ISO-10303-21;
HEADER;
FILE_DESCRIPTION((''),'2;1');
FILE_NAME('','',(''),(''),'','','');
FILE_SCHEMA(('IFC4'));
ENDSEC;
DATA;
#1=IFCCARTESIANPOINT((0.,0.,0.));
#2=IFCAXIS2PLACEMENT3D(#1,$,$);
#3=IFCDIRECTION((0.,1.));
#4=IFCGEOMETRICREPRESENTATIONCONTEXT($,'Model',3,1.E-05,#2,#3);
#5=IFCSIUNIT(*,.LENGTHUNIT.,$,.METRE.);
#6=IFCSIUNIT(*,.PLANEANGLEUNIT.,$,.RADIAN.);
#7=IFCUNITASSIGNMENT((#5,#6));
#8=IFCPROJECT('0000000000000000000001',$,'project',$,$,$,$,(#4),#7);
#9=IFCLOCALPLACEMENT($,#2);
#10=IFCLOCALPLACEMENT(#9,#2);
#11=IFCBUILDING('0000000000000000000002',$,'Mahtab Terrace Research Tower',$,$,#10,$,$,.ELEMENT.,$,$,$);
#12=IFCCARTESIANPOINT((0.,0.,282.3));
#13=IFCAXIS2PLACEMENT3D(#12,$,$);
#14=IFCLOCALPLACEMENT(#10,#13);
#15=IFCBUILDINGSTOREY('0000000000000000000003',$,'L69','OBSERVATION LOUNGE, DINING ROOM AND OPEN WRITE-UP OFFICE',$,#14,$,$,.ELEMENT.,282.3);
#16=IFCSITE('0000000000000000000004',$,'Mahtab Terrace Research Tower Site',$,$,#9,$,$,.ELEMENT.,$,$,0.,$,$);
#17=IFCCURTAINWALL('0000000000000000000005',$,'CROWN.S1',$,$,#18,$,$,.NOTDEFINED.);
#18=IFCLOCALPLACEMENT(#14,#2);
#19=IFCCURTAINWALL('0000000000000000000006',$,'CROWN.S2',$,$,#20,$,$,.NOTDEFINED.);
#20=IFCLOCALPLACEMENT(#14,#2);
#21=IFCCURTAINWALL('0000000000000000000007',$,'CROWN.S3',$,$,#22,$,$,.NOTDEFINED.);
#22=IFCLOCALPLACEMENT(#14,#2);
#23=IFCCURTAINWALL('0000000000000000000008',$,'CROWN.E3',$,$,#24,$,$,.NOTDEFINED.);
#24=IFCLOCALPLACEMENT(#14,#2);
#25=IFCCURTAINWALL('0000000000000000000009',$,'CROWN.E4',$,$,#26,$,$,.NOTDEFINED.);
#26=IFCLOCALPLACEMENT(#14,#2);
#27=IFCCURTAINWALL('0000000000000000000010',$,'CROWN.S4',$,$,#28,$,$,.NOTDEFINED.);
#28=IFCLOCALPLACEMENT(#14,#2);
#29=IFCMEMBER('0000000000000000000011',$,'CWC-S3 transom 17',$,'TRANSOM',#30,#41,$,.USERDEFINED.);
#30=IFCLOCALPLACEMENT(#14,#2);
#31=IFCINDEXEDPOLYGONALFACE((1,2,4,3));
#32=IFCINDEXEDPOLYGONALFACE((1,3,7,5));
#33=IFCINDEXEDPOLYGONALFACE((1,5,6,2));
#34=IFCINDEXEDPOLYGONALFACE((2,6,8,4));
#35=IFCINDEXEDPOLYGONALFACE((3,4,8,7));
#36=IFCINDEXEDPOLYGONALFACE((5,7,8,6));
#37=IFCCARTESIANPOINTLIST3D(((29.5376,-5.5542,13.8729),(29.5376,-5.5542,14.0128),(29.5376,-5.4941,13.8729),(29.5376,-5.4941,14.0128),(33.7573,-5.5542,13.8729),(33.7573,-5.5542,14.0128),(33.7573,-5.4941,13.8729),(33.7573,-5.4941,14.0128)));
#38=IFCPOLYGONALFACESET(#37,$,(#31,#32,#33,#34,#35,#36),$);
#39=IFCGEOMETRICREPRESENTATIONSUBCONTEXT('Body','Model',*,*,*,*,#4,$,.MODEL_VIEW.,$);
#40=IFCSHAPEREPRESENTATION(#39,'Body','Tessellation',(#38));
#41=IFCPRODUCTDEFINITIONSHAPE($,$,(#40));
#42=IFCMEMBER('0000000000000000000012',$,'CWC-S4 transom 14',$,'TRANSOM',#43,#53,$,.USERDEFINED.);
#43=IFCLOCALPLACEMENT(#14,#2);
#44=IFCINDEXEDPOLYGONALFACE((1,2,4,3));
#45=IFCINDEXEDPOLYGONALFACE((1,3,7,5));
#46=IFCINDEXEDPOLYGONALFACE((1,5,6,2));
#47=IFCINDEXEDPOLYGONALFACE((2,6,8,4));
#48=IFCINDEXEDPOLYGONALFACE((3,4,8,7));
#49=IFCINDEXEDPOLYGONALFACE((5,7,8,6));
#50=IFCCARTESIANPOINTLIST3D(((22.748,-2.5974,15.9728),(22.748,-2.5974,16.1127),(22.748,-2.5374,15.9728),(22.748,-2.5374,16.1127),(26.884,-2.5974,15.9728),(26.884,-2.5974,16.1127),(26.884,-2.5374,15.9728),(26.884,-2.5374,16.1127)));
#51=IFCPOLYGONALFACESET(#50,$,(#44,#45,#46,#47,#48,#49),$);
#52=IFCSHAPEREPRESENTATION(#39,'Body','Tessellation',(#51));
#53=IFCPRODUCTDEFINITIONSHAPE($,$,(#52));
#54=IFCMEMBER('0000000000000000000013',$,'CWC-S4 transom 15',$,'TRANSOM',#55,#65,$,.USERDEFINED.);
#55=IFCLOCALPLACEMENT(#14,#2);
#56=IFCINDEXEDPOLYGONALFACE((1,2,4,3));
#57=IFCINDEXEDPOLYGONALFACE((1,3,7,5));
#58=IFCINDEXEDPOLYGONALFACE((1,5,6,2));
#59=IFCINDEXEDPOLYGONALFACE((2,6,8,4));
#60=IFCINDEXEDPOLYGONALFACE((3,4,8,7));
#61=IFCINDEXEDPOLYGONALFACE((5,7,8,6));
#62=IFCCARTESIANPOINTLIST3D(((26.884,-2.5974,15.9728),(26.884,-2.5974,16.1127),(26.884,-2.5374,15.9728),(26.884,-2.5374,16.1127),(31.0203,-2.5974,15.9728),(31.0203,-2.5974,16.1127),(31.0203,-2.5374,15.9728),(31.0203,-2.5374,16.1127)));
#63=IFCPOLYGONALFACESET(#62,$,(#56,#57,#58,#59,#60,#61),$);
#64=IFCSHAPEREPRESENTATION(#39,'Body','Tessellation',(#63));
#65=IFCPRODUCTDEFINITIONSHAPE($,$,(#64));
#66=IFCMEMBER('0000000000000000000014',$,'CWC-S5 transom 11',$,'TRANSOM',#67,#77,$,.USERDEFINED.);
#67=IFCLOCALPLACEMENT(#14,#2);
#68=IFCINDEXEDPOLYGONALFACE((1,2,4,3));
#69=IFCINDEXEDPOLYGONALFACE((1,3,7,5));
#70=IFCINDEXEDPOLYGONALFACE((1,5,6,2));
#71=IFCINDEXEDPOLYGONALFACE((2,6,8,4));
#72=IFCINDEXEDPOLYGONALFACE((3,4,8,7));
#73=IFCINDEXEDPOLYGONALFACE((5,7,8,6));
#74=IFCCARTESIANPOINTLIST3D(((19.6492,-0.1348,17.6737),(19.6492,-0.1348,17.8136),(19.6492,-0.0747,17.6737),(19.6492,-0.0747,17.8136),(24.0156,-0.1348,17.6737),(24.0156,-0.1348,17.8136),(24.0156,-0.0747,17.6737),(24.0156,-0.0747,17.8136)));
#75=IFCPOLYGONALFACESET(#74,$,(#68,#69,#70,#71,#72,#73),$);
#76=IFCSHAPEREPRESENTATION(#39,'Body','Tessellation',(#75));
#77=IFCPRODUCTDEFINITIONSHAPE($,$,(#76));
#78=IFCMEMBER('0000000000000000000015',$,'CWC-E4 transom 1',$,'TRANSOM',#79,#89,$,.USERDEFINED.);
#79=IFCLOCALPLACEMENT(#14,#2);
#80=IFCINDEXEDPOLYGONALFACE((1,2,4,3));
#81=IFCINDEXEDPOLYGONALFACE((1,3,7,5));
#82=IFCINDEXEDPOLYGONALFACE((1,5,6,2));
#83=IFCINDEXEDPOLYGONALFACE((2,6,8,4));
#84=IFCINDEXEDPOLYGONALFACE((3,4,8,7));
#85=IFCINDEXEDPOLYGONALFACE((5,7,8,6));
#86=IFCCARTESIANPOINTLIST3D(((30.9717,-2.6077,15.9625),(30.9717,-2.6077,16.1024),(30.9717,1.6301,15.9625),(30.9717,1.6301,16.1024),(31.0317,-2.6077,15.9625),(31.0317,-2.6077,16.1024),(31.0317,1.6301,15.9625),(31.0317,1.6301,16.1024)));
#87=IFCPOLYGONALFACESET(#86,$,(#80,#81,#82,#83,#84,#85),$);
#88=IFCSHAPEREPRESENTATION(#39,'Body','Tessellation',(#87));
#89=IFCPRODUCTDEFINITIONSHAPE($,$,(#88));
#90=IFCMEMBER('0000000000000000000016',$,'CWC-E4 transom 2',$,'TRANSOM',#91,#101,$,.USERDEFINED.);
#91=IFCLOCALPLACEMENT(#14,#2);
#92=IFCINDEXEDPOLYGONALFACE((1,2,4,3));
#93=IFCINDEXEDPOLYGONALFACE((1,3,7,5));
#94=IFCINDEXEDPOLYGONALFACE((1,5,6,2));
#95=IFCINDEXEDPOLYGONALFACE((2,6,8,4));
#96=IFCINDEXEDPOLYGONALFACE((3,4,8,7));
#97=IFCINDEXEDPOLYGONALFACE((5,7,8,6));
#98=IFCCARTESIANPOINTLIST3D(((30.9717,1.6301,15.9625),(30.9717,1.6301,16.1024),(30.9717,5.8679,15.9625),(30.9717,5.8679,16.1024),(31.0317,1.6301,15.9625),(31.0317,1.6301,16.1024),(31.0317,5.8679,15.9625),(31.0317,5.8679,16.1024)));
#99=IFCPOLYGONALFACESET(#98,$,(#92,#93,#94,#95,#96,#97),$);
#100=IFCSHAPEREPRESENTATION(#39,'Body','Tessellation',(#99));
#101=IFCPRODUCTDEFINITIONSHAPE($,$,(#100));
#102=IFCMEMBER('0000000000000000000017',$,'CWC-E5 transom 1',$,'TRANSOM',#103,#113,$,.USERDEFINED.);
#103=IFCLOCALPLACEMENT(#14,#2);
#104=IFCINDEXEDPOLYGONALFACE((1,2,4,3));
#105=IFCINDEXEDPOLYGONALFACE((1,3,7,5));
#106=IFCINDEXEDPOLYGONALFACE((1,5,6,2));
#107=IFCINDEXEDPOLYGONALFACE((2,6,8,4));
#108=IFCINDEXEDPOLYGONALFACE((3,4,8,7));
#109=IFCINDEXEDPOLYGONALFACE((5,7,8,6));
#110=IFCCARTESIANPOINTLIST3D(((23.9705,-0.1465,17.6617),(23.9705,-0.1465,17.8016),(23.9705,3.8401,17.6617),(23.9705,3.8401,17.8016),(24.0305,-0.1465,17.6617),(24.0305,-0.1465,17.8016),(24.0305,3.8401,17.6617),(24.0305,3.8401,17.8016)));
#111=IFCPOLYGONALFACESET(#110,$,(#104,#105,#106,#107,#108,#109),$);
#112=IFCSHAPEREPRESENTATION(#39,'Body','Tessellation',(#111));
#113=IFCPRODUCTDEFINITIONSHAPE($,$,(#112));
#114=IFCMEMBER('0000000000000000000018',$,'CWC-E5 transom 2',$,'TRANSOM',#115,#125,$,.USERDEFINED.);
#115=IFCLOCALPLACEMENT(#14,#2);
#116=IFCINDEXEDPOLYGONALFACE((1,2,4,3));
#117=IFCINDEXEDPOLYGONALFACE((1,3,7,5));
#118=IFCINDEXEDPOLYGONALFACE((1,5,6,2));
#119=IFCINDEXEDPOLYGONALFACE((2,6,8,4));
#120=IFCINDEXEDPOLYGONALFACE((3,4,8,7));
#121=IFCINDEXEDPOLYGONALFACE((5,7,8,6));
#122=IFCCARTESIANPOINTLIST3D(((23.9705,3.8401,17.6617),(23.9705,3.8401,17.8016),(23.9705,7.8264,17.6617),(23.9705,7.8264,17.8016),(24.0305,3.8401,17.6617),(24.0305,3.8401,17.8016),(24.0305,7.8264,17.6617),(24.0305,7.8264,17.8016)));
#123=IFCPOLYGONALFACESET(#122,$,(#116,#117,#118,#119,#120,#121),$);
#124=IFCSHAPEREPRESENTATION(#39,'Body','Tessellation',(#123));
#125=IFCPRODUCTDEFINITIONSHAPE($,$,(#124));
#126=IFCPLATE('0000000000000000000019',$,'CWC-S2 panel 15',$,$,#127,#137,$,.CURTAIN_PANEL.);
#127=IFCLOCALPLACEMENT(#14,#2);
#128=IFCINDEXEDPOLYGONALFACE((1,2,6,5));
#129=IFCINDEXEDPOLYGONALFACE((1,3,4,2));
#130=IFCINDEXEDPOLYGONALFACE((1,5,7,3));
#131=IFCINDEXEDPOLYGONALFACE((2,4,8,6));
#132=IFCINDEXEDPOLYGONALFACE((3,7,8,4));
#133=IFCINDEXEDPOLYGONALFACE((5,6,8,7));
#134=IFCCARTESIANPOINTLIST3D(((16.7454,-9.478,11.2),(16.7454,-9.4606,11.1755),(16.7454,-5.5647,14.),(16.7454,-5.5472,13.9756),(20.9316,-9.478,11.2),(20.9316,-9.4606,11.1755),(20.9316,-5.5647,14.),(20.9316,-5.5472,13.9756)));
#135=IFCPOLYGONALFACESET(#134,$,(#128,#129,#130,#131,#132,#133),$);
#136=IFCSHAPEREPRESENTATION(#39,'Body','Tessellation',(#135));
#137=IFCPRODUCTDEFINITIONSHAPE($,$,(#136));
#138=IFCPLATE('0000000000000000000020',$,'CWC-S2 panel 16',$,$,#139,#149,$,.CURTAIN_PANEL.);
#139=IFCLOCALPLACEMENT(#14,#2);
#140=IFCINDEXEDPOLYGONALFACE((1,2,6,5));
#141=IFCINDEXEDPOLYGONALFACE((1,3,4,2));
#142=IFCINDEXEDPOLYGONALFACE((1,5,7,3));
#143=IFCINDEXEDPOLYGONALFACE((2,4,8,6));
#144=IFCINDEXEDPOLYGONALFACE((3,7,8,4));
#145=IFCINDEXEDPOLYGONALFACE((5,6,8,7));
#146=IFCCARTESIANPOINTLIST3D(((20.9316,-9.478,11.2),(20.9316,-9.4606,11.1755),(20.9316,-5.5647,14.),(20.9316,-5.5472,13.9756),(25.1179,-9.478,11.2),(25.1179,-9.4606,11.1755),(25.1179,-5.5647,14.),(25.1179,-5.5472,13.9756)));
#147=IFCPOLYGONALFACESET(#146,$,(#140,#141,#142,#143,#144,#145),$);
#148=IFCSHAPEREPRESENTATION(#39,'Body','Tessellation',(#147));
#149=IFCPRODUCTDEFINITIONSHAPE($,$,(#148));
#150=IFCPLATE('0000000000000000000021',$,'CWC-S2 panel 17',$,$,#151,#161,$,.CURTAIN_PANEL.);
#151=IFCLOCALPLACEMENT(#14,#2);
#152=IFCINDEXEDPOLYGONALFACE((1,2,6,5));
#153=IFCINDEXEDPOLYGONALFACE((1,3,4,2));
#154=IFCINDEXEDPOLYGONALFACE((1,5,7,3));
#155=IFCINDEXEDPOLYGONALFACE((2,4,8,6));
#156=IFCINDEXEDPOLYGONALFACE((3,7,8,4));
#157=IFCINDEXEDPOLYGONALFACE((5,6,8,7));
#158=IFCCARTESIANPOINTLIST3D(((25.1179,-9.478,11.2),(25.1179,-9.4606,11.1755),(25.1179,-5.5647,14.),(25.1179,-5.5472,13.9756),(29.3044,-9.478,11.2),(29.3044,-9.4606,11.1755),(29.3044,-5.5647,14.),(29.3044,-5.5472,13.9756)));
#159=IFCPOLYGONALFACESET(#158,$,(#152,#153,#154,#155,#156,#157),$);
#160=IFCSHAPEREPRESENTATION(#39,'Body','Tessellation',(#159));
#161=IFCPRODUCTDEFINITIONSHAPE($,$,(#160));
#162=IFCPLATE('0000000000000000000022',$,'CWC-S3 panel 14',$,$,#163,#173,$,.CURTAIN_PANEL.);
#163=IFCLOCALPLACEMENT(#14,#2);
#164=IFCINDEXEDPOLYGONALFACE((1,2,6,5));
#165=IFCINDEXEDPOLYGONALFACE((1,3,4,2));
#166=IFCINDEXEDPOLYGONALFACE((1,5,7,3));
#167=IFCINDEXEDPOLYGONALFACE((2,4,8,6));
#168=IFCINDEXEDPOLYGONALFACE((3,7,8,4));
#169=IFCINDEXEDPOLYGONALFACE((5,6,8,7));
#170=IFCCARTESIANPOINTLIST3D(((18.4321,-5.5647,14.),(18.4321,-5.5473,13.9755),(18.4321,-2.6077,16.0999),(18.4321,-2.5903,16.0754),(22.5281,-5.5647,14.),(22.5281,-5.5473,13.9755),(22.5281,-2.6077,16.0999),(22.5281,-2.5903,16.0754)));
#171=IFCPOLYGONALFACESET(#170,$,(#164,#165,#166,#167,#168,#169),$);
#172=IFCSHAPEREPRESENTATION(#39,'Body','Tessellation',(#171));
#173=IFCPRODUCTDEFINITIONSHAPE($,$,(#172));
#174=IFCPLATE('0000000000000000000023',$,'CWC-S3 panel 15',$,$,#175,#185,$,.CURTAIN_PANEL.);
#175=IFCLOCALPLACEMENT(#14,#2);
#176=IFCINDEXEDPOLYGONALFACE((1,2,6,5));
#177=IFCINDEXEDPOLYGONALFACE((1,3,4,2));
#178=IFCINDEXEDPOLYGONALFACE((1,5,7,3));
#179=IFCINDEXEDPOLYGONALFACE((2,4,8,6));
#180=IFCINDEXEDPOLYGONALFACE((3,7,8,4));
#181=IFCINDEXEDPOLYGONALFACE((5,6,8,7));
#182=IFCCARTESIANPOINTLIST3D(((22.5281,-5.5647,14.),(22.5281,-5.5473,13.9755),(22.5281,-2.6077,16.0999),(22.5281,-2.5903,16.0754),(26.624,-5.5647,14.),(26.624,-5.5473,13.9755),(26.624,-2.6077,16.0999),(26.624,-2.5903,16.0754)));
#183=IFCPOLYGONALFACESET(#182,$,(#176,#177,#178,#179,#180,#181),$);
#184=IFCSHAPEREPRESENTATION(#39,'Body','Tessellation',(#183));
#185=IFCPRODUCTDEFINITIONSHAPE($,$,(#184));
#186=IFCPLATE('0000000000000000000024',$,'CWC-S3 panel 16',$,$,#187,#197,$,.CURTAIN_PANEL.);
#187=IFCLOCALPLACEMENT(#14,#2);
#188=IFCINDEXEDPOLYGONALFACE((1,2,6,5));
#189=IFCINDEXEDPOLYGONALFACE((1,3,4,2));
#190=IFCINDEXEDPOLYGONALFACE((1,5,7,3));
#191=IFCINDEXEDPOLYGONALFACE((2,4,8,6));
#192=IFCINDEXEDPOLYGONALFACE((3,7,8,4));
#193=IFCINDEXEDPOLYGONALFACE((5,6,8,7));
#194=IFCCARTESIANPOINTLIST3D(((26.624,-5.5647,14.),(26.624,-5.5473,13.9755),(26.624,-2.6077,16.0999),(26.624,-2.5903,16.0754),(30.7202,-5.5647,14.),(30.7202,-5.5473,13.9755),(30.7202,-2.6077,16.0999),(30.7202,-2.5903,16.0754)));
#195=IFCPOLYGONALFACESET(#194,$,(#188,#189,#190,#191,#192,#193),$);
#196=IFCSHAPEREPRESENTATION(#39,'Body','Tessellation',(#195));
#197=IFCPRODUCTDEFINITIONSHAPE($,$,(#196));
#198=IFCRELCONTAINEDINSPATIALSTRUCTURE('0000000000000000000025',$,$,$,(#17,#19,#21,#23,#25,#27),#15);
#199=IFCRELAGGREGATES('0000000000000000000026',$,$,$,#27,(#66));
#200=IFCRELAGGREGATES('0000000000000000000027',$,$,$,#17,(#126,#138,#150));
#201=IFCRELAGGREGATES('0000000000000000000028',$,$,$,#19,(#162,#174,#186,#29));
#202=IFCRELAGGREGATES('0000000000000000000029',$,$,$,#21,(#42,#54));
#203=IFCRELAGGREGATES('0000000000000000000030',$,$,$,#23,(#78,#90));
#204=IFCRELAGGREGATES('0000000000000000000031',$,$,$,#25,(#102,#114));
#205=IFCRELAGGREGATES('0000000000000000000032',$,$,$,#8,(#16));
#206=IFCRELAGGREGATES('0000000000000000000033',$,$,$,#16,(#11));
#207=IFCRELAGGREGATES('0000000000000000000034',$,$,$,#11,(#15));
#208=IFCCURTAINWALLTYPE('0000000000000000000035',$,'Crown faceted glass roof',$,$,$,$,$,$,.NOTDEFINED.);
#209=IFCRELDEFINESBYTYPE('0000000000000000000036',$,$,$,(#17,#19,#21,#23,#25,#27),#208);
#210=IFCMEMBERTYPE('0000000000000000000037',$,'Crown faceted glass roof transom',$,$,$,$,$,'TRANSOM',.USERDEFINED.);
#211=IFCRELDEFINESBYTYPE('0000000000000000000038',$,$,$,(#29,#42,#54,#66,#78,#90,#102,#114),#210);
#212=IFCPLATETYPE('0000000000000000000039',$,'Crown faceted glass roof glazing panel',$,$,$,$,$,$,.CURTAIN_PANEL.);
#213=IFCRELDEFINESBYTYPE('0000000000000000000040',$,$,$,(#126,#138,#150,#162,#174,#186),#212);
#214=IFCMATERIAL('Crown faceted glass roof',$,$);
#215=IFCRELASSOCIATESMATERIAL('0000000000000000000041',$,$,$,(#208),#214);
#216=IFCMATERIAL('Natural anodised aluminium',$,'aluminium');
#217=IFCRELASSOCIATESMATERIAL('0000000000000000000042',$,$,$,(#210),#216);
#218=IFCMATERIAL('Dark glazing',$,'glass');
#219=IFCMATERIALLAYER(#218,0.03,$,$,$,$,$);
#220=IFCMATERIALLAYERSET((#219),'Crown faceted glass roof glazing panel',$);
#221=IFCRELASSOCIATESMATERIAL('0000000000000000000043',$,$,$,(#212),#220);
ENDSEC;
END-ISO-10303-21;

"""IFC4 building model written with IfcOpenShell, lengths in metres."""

from ifc_helpers import new_model, si_unit, direction, frame, origin, origin_2d, place, context, subcontext, project, spatial, polyline, rectangle, outline, extrude, material, layer, layer_set, material_profile, profile_set, type_object, element, aggregate, save


model = new_model("IFC4")

# Units and contexts
model_context = context("Model", 3, precision=1e-05, world=origin(), true_north=direction((0.0, 1.0)))
body_context = subcontext(model_context, "Body", "Model", "MODEL_VIEW")
ifc_project = project(units=[si_unit("LENGTHUNIT", "METRE"), si_unit("PLANEANGLEUNIT", "RADIAN")], contexts=[model_context])

# Site, building, storey
site_placement = place(None, origin())
site = spatial("IfcSite", under=ifc_project, at=site_placement, Name="Mahtab Terrace Research Tower Site", CompositionType="ELEMENT", RefElevation=0.0)
building_placement = place(site_placement, origin())
building = spatial("IfcBuilding", under=site, at=building_placement, Name="Mahtab Terrace Research Tower", CompositionType="ELEMENT")
storey_placement = place(building_placement, frame((0.0, 0.0, 282.3)))
storey = spatial("IfcBuildingStorey", under=building, at=storey_placement, Name="L69", Description="OBSERVATION LOUNGE, DINING ROOM AND OPEN WRITE-UP OFFICE", CompositionType="ELEMENT", Elevation=282.3)

# Curtain walls
ifc_material_1 = material(Name="Crown faceted glass roof")
curtain_wall_type = type_object("IfcCurtainWallType", Name="Crown faceted glass roof", PredefinedType="NOTDEFINED", material=ifc_material_1)
curtain_wall_1_placement = place(storey_placement, origin())
curtain_wall_1 = element("IfcCurtainWall", 1, at=curtain_wall_1_placement, inside=storey, type_object=curtain_wall_type, Name="CROWN.S1", PredefinedType="NOTDEFINED")
ifc_material_2 = material(Name="Natural anodised aluminium", Category="aluminium")
curtain_wall_2_placement = place(storey_placement, origin())
curtain_wall_2 = element("IfcCurtainWall", 2, at=curtain_wall_2_placement, inside=storey, type_object=curtain_wall_type, Name="CROWN.S2", PredefinedType="NOTDEFINED")

# Curtain walls
curtain_wall_3_placement = place(storey_placement, origin())
curtain_wall_3 = element("IfcCurtainWall", 3, at=curtain_wall_3_placement, inside=storey, type_object=curtain_wall_type, Name="CROWN.S3", PredefinedType="NOTDEFINED")
curtain_wall_4_placement = place(storey_placement, origin())
curtain_wall_4 = element("IfcCurtainWall", 4, at=curtain_wall_4_placement, inside=storey, type_object=curtain_wall_type, Name="CROWN.E3", PredefinedType="NOTDEFINED")
curtain_wall_5_placement = place(storey_placement, origin())
curtain_wall_5 = element("IfcCurtainWall", 5, at=curtain_wall_5_placement, inside=storey, type_object=curtain_wall_type, Name="CROWN.E4", PredefinedType="NOTDEFINED")

# Curtain wall
curtain_wall_6_placement = place(storey_placement, origin())
curtain_wall_6 = element("IfcCurtainWall", 6, at=curtain_wall_6_placement, inside=storey, type_object=curtain_wall_type, Name="CROWN.S4", PredefinedType="NOTDEFINED")

# Members
ifc_material_profile_1 = material_profile(ifc_material_2, rectangle(XDim=0.0601, YDim=0.1399, at=origin_2d()), Name="TRANSOM 60x140")
ifc_profile_set_1 = profile_set([ifc_material_profile_1], Name="Natural anodised aluminium")
member_type_1 = type_object("IfcMemberType", Name="Crown faceted glass roof transom", ElementType="TRANSOM", PredefinedType="USERDEFINED", material=ifc_profile_set_1)
member_1_placement = place(storey_placement, frame((29.5376, -5.5242, 13.9429), z_axis=(1.0, 0.0, 0.0), x_axis=(0.0, 1.0, 0.0)))
member_1 = element("IfcMember", 7, at=member_1_placement, type_object=member_type_1, Name="CWC-S3 transom 17", ObjectType="TRANSOM", PredefinedType="USERDEFINED", context=body_context, shape_type="SweptSolid", body=[
    extrude(rectangle(XDim=0.0601, YDim=0.1399, at=origin_2d()), origin(), (0.0, 0.0, 1.0), 4.2197),
])
member_2_placement = place(storey_placement, frame((22.748, -2.5674, 16.0427), z_axis=(1.0, 0.0, 0.0), x_axis=(0.0, 1.0, 0.0)))
member_2 = element("IfcMember", 8, at=member_2_placement, type_object=member_type_1, Name="CWC-S4 transom 14", ObjectType="TRANSOM", PredefinedType="USERDEFINED", context=body_context, shape_type="SweptSolid", body=[
    extrude(rectangle(XDim=0.0601, YDim=0.1399, at=origin_2d()), origin(), (0.0, 0.0, 1.0), 4.136),
])
member_3_placement = place(storey_placement, frame((26.884, -2.5674, 16.0427), z_axis=(1.0, 0.0, 0.0), x_axis=(0.0, 1.0, 0.0)))
member_3 = element("IfcMember", 9, at=member_3_placement, type_object=member_type_1, Name="CWC-S4 transom 15", ObjectType="TRANSOM", PredefinedType="USERDEFINED", context=body_context, shape_type="SweptSolid", body=[
    extrude(rectangle(XDim=0.0601, YDim=0.1399, at=origin_2d()), origin(), (0.0, 0.0, 1.0), 4.1362),
])
member_4_placement = place(storey_placement, frame((19.6492, -0.1047, 17.7437), z_axis=(1.0, 0.0, 0.0), x_axis=(0.0, 1.0, 0.0)))
member_4 = element("IfcMember", 10, at=member_4_placement, type_object=member_type_1, Name="CWC-S5 transom 11", ObjectType="TRANSOM", PredefinedType="USERDEFINED", context=body_context, shape_type="SweptSolid", body=[
    extrude(rectangle(XDim=0.0601, YDim=0.1399, at=origin_2d()), origin(), (0.0, 0.0, 1.0), 4.3665),
])
aggregate(curtain_wall_6, [member_4])
member_5_placement = place(storey_placement, frame((31.0017, -2.6077, 16.0325), z_axis=(0.0, 1.0, 0.0), x_axis=(-1.0, 0.0, 0.0)))
member_5 = element("IfcMember", 11, at=member_5_placement, type_object=member_type_1, Name="CWC-E4 transom 1", ObjectType="TRANSOM", PredefinedType="USERDEFINED", context=body_context, shape_type="SweptSolid", body=[
    extrude(rectangle(XDim=0.0601, YDim=0.1399, at=origin_2d()), origin(), (0.0, 0.0, 1.0), 4.2378),
])
member_6_placement = place(storey_placement, frame((31.0017, 1.6301, 16.0325), z_axis=(0.0, 1.0, 0.0), x_axis=(-1.0, 0.0, 0.0)))
member_6 = element("IfcMember", 12, at=member_6_placement, type_object=member_type_1, Name="CWC-E4 transom 2", ObjectType="TRANSOM", PredefinedType="USERDEFINED", context=body_context, shape_type="SweptSolid", body=[
    extrude(rectangle(XDim=0.0601, YDim=0.1399, at=origin_2d()), origin(), (0.0, 0.0, 1.0), 4.2378),
])
member_7_placement = place(storey_placement, frame((24.0005, -0.1465, 17.7317), z_axis=(0.0, 1.0, 0.0), x_axis=(-1.0, 0.0, 0.0)))
member_7 = element("IfcMember", 13, at=member_7_placement, type_object=member_type_1, Name="CWC-E5 transom 1", ObjectType="TRANSOM", PredefinedType="USERDEFINED", context=body_context, shape_type="SweptSolid", body=[
    extrude(rectangle(XDim=0.0601, YDim=0.1399, at=origin_2d()), origin(), (0.0, 0.0, 1.0), 3.9866),
])
member_8_placement = place(storey_placement, frame((24.0005, 3.8401, 17.7317), z_axis=(0.0, 1.0, 0.0), x_axis=(-1.0, 0.0, 0.0)))
member_8 = element("IfcMember", 14, at=member_8_placement, type_object=member_type_1, Name="CWC-E5 transom 2", ObjectType="TRANSOM", PredefinedType="USERDEFINED", context=body_context, shape_type="SweptSolid", body=[
    extrude(rectangle(XDim=0.0601, YDim=0.1399, at=origin_2d()), origin(), (0.0, 0.0, 1.0), 3.9863),
])

# Plates
ifc_material_3 = material(Name="Dark glazing", Category="glass")
ifc_layer_1 = layer(ifc_material_3, 0.03)
ifc_layer_set_1 = layer_set([ifc_layer_1], Name="Crown faceted glass roof glazing panel")
plate_type = type_object("IfcPlateType", Name="Crown faceted glass roof glazing panel", PredefinedType="CURTAIN_PANEL", material=ifc_layer_set_1)
plate_1_placement = place(storey_placement, frame((20.9316, -9.478, 11.2), z_axis=(0.0, -0.5819, 0.81326), x_axis=(0.0, 0.81326, 0.5819)))
plate_1 = element("IfcPlate", 15, at=plate_1_placement, type_object=plate_type, Name="CWC-S2 panel 15", PredefinedType="CURTAIN_PANEL", context=body_context, shape_type="SweptSolid", body=[
    extrude(outline(polyline([(0.0, 0.0), (4.8119, 0.0), (4.8119, 4.1863), (0.0, 4.1863), (0.0, 0.0)])), origin(), (0.0, 0.0, -1.0), 0.03),
])
plate_2_placement = place(storey_placement, frame((25.1179, -9.478, 11.2), z_axis=(0.0, -0.5819, 0.81326), x_axis=(0.0, 0.81326, 0.5819)))
plate_2 = element("IfcPlate", 16, at=plate_2_placement, type_object=plate_type, Name="CWC-S2 panel 16", PredefinedType="CURTAIN_PANEL", context=body_context, shape_type="SweptSolid", body=[
    extrude(outline(polyline([(0.0, 0.0), (4.8119, 0.0), (4.8119, 4.1863), (0.0, 4.1863), (0.0, 0.0)])), origin(), (0.0, 0.0, -1.0), 0.03),
])
plate_3_placement = place(storey_placement, frame((29.3044, -9.478, 11.2), z_axis=(0.0, -0.5819, 0.81326), x_axis=(0.0, 0.81326, 0.5819)))
plate_3 = element("IfcPlate", 17, at=plate_3_placement, type_object=plate_type, Name="CWC-S2 panel 17", PredefinedType="CURTAIN_PANEL", context=body_context, shape_type="SweptSolid", body=[
    extrude(outline(polyline([(0.0, 0.0), (4.8119, 0.0), (4.8119, 4.1865), (0.0, 4.1865), (0.0, 0.0)])), origin(), (0.0, 0.0, -1.0), 0.03),
])
aggregate(curtain_wall_1, [plate_1, plate_2, plate_3])
plate_4_placement = place(storey_placement, frame((22.5281, -5.5647, 14.0), z_axis=(0.0, -0.578988, 0.815336), x_axis=(0.0, 0.815336, 0.578988)))
plate_4 = element("IfcPlate", 18, at=plate_4_placement, type_object=plate_type, Name="CWC-S3 panel 14", PredefinedType="CURTAIN_PANEL", context=body_context, shape_type="SweptSolid", body=[
    extrude(outline(polyline([(0.0, 0.0), (3.6268, 0.0), (3.6268, 4.0959), (0.0, 4.0959), (0.0, 0.0)])), origin(), (0.0, 0.0, -1.0), 0.03),
])
plate_5_placement = place(storey_placement, frame((26.624, -5.5647, 14.0), z_axis=(0.0, -0.578988, 0.815336), x_axis=(0.0, 0.815336, 0.578988)))
plate_5 = element("IfcPlate", 19, at=plate_5_placement, type_object=plate_type, Name="CWC-S3 panel 15", PredefinedType="CURTAIN_PANEL", context=body_context, shape_type="SweptSolid", body=[
    extrude(outline(polyline([(0.0, 0.0), (3.6268, 0.0), (3.6268, 4.0959), (0.0, 4.0959), (0.0, 0.0)])), origin(), (0.0, 0.0, -1.0), 0.03),
])
plate_6_placement = place(storey_placement, frame((30.7202, -5.5647, 14.0), z_axis=(0.0, -0.578988, 0.815336), x_axis=(0.0, 0.815336, 0.578988)))
plate_6 = element("IfcPlate", 20, at=plate_6_placement, type_object=plate_type, Name="CWC-S3 panel 16", PredefinedType="CURTAIN_PANEL", context=body_context, shape_type="SweptSolid", body=[
    extrude(outline(polyline([(0.0, 0.0), (3.6268, 0.0), (3.6268, 4.0962), (0.0, 4.0962), (0.0, 0.0)])), origin(), (0.0, 0.0, -1.0), 0.03),
])
aggregate(curtain_wall_2, [plate_4, plate_5, plate_6, member_1])
aggregate(curtain_wall_3, [member_2, member_3])
aggregate(curtain_wall_4, [member_5, member_6])
aggregate(curtain_wall_5, [member_7, member_8])

save(model, "model.ifc")
